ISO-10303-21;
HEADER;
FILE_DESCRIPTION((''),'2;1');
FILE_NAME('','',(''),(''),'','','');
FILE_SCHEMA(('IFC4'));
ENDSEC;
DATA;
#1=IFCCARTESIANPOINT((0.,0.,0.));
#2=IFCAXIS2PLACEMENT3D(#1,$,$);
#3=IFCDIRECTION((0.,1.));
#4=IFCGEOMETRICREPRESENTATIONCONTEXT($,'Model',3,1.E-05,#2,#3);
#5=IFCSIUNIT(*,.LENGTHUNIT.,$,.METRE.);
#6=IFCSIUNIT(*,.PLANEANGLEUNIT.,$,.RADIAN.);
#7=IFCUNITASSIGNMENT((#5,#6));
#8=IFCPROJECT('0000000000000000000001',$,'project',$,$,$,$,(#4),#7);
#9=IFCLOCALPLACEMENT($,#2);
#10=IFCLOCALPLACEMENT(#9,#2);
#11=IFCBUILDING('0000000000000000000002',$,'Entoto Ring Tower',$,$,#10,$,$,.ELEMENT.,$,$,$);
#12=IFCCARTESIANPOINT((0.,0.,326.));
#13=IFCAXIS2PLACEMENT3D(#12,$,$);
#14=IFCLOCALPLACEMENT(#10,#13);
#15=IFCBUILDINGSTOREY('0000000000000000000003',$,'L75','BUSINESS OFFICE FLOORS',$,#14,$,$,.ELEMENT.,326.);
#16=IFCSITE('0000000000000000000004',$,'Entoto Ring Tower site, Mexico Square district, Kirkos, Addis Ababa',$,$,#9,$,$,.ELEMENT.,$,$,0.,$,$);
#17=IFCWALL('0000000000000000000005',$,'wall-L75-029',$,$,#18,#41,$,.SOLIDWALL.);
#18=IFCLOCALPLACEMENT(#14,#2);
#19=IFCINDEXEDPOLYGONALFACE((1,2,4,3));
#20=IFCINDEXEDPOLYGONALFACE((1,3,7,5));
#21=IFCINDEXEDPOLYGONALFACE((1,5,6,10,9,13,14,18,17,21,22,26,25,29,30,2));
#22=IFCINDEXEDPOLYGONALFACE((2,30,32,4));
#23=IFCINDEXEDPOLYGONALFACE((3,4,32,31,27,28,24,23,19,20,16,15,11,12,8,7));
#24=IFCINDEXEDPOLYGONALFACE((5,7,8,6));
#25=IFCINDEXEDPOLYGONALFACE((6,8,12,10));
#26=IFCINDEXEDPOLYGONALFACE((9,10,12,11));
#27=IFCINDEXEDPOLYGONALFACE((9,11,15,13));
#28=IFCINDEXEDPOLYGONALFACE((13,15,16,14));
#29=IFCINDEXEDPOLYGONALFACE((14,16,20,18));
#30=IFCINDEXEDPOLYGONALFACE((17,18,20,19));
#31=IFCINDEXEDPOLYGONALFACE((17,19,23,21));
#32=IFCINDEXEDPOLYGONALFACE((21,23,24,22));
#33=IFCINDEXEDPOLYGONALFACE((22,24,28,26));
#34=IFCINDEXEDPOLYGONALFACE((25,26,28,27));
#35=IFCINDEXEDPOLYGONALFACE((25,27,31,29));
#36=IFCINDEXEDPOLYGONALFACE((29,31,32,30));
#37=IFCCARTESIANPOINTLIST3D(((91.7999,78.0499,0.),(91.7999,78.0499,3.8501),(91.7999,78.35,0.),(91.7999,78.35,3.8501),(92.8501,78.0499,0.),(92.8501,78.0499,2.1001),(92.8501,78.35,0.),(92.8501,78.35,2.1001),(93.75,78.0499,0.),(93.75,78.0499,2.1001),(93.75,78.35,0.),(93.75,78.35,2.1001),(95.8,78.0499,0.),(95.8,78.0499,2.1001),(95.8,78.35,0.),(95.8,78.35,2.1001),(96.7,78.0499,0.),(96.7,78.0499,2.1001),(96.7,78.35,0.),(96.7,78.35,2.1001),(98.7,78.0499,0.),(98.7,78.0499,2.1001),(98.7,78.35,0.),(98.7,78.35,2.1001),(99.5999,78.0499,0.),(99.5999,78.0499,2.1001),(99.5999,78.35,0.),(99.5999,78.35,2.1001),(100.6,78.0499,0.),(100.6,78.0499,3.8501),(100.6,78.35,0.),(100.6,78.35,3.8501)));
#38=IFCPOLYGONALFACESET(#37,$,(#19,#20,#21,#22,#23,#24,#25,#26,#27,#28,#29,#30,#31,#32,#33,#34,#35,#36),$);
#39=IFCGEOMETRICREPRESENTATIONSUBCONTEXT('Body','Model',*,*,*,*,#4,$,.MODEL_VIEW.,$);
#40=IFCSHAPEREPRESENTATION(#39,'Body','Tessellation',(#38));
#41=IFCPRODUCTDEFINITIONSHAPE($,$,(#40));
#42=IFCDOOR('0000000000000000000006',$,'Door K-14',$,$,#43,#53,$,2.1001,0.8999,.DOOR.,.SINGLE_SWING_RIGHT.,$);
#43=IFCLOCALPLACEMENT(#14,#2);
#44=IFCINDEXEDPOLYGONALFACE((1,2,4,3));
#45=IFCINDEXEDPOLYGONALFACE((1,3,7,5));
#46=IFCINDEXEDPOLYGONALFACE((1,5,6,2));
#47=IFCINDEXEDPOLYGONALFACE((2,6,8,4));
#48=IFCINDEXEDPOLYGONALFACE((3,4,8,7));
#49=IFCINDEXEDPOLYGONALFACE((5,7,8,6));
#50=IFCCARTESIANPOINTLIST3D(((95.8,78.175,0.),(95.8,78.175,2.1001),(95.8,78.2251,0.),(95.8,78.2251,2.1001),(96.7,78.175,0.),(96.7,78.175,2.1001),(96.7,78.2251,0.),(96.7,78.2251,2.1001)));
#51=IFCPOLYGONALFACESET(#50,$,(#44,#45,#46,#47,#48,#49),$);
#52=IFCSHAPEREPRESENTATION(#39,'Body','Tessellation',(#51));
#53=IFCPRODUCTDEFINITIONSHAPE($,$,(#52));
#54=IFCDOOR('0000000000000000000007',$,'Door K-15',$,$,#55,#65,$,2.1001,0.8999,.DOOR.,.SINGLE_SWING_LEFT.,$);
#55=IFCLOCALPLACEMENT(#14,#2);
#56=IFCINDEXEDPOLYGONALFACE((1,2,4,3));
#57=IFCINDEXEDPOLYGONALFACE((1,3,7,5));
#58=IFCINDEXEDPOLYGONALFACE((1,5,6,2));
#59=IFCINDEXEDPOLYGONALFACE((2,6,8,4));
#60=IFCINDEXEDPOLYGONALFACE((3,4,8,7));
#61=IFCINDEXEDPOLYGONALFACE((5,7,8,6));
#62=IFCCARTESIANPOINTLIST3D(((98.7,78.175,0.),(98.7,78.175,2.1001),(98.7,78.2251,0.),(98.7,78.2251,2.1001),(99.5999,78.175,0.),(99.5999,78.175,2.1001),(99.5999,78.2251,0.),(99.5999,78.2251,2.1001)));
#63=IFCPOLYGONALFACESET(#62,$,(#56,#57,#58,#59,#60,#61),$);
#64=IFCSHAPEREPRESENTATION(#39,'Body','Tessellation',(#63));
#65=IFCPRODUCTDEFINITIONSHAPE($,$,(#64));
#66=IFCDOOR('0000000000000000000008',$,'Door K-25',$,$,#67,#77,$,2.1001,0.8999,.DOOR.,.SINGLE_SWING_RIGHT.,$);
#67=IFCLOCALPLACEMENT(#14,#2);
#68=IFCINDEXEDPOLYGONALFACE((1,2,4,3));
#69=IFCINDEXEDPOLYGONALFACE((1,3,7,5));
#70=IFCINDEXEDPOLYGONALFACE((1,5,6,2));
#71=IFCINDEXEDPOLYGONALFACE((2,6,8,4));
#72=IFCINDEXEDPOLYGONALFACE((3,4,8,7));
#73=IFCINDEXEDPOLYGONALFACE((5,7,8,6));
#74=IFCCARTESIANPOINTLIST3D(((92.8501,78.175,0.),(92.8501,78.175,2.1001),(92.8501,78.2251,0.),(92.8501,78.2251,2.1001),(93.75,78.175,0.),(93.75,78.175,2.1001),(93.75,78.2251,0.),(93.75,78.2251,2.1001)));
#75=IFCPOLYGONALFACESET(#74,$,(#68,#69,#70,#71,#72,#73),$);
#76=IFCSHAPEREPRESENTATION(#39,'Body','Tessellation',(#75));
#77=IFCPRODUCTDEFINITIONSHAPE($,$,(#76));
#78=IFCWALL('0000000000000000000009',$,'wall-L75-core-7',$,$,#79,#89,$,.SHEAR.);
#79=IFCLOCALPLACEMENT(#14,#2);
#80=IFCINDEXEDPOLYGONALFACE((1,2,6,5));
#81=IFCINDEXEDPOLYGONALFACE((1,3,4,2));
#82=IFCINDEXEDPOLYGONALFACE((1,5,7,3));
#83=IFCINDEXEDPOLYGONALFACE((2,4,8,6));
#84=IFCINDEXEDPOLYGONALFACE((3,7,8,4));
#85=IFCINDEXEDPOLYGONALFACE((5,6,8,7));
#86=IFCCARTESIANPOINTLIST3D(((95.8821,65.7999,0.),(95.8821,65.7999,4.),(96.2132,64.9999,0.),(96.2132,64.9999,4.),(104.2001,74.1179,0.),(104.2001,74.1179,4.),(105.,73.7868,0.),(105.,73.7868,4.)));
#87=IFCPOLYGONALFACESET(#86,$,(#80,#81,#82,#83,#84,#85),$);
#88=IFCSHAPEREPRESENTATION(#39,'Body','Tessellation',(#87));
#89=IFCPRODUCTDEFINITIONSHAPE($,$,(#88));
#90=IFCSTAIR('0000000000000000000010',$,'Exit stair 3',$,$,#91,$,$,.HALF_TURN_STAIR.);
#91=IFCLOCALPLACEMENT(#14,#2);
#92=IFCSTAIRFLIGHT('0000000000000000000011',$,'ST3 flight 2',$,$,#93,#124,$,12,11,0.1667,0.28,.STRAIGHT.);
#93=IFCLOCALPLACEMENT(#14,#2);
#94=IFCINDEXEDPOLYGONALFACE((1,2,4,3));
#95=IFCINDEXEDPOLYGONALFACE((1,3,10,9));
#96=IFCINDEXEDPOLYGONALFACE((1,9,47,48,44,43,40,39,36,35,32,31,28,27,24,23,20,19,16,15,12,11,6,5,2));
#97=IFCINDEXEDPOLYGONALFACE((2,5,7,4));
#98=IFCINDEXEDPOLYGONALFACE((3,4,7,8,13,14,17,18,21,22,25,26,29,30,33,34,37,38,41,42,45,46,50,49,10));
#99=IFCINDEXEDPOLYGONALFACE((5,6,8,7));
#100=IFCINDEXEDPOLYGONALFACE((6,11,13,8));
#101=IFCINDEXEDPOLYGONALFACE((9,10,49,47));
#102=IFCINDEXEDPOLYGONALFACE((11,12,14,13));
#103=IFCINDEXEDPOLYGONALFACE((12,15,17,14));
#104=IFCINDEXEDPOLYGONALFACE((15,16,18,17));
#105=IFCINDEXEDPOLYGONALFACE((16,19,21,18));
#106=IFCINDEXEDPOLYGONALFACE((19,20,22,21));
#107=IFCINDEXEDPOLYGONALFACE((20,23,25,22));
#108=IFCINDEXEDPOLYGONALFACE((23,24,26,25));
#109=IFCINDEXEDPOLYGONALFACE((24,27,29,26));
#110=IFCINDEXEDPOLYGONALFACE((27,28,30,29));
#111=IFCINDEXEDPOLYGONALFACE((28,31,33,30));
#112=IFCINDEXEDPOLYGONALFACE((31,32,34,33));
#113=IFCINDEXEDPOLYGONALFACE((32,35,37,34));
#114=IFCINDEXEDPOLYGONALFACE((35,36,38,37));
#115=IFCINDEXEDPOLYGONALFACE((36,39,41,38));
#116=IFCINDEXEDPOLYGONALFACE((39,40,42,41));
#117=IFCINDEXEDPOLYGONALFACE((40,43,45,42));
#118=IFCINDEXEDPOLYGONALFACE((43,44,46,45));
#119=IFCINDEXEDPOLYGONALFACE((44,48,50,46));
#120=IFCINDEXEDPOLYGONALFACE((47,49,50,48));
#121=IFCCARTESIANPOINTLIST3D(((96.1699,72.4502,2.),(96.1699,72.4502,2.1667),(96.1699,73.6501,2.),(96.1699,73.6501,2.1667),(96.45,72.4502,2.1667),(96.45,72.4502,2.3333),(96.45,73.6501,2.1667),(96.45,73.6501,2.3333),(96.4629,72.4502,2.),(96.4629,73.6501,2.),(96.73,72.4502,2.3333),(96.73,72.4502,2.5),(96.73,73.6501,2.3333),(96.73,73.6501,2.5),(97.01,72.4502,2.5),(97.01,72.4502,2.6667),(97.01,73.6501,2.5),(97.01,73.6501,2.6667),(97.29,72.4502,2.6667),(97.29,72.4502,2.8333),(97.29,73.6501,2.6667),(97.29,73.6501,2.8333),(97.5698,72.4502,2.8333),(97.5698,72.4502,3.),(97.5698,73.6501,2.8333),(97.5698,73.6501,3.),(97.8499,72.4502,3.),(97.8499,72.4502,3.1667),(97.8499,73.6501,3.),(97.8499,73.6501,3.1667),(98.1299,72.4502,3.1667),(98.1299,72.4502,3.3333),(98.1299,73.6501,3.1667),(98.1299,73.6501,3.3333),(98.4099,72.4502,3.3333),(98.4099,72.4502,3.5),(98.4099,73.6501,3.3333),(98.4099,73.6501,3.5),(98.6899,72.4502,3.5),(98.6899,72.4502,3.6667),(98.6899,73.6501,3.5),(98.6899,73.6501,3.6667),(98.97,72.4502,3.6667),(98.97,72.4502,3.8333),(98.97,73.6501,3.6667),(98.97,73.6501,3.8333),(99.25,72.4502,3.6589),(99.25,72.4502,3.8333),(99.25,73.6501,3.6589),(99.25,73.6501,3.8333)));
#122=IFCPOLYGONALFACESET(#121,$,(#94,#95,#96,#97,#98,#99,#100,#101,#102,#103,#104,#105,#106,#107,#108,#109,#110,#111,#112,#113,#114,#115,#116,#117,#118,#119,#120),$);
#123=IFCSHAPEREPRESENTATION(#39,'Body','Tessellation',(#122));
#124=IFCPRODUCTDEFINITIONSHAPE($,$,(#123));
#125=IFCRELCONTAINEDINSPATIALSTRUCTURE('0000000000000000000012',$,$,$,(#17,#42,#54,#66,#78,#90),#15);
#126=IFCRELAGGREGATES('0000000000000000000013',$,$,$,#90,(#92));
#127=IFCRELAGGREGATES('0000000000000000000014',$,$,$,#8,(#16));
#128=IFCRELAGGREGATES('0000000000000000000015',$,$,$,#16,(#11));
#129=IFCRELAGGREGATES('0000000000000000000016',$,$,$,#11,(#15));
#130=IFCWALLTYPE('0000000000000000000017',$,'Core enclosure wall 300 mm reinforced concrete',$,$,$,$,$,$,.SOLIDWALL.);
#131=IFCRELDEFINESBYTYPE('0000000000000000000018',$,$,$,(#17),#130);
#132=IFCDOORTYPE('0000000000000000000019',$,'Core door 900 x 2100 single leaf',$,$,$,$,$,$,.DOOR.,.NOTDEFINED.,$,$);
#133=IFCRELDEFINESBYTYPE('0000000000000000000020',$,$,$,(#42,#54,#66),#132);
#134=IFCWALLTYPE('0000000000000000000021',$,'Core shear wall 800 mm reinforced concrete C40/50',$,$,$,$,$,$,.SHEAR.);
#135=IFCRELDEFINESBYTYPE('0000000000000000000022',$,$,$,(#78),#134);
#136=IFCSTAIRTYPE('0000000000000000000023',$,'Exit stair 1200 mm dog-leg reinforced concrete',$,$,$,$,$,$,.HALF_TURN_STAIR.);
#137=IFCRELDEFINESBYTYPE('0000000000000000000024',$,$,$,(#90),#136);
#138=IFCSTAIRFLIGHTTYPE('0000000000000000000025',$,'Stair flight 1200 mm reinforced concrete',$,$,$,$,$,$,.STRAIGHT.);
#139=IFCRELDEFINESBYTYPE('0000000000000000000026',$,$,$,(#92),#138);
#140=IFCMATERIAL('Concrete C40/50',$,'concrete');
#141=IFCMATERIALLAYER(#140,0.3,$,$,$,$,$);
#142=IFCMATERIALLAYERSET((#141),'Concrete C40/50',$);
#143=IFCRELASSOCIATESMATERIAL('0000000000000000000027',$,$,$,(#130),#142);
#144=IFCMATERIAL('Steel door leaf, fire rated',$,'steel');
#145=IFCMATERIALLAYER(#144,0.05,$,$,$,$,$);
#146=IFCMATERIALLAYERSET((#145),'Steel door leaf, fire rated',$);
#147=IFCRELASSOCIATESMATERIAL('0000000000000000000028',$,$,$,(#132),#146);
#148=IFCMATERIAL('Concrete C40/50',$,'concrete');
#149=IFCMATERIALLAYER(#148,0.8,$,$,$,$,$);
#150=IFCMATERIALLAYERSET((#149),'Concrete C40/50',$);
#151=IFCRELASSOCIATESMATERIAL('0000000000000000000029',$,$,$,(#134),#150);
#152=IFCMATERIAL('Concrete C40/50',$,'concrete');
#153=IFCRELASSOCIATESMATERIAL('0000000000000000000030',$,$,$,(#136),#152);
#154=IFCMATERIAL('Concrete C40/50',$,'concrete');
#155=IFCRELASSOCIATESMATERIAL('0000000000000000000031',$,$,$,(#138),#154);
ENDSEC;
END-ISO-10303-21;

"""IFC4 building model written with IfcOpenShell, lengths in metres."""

from ifc_helpers import new_model, si_unit, direction, frame, frame_2d, origin, place, context, subcontext, project, spatial, polyline, rectangle, outline, extrude, material, layer, layer_set, type_object, element, fill, aggregate, save


model = new_model("IFC4")

# Units and contexts
model_context = context("Model", 3, precision=1e-05, world=origin(), true_north=direction((0.0, 1.0)))
body_context = subcontext(model_context, "Body", "Model", "MODEL_VIEW")
ifc_project = project(units=[si_unit("LENGTHUNIT", "METRE"), si_unit("PLANEANGLEUNIT", "RADIAN")], contexts=[model_context])

# Site, building, storey
site_placement = place(None, origin())
site = spatial("IfcSite", under=ifc_project, at=site_placement, Name="Entoto Ring Tower site, Mexico Square district, Kirkos, Addis Ababa", CompositionType="ELEMENT", RefElevation=0.0)
building_placement = place(site_placement, origin())
building = spatial("IfcBuilding", under=site, at=building_placement, Name="Entoto Ring Tower", CompositionType="ELEMENT")
storey_placement = place(building_placement, frame((0.0, 0.0, 326.0)))
storey = spatial("IfcBuildingStorey", under=building, at=storey_placement, Name="L75", Description="BUSINESS OFFICE FLOORS", CompositionType="ELEMENT", Elevation=326.0)

# Shared definitions
ifc_material_1 = material(Name="Concrete C40/50", Category="concrete")
ifc_layer_1 = layer(ifc_material_1, 0.3)
ifc_layer_set_1 = layer_set([ifc_layer_1], Name="Concrete C40/50")
wall_type_1 = type_object("IfcWallType", Name="Core enclosure wall 300 mm reinforced concrete", PredefinedType="SOLIDWALL", material=ifc_layer_set_1)

# Shared definitions
ifc_material_2 = material(Name="Steel door leaf, fire rated", Category="steel")
ifc_layer_2 = layer(ifc_material_2, 0.05)
ifc_layer_set_2 = layer_set([ifc_layer_2], Name="Steel door leaf, fire rated")
door_type_1 = type_object("IfcDoorType", Name="Core door 900 x 2100 single leaf", OperationType="NOTDEFINED", PredefinedType="DOOR", material=ifc_layer_set_2)

# Wall, openings, doors
wall_1_placement = place(storey_placement, frame((91.8, 78.2, 0.0), z_axis=(0.0, 0.0, 1.0), x_axis=(1.0, 0.0, 0.0)))
wall_1 = element("IfcWall", 1, at=wall_1_placement, inside=storey, type_object=wall_type_1, Name="wall-L75-029", PredefinedType="SOLIDWALL", context=body_context, shape_type="SweptSolid", body=[
    extrude(rectangle(XDim=8.8, YDim=0.3, at=frame_2d((4.3999, 0.0))), origin(), (0.0, 0.0, 1.0), 3.8501),
])
opening_1_placement = place(wall_1_placement, frame((4.0, 0.0, 0.0)))
opening_1 = element("IfcOpeningElement", 2, at=opening_1_placement, cuts=wall_1, PredefinedType="OPENING", context=body_context, shape_type="SweptSolid", body=[
    extrude(rectangle(XDim=0.8999, YDim=2.1001, at=frame_2d((0.45, 1.05))), frame((0.0, 0.1602, 0.0), z_axis=(0.0, -1.0, 0.0), x_axis=(1.0, 0.0, 0.0)), (0.0, 0.0, 1.0), 0.3201),
])
opening_2_placement = place(wall_1_placement, frame((6.8999, 0.0, 0.0)))
opening_2 = element("IfcOpeningElement", 3, at=opening_2_placement, cuts=wall_1, PredefinedType="OPENING", context=body_context, shape_type="SweptSolid", body=[
    extrude(rectangle(XDim=0.8999, YDim=2.1001, at=frame_2d((0.45, 1.05))), frame((0.0, 0.1602, 0.0), z_axis=(0.0, -1.0, 0.0), x_axis=(1.0, 0.0, 0.0)), (0.0, 0.0, 1.0), 0.3201),
])
opening_3_placement = place(wall_1_placement, frame((1.05, 0.0, 0.0)))
opening_3 = element("IfcOpeningElement", 4, at=opening_3_placement, cuts=wall_1, PredefinedType="OPENING", context=body_context, shape_type="SweptSolid", body=[
    extrude(rectangle(XDim=0.8999, YDim=2.1001, at=frame_2d((0.45, 1.05))), frame((0.0, 0.1602, 0.0), z_axis=(0.0, -1.0, 0.0), x_axis=(1.0, 0.0, 0.0)), (0.0, 0.0, 1.0), 0.3201),
])
door_1_placement = place(opening_1_placement, frame((0.8999, 0.0, 0.0), z_axis=(0.0, 0.0, 1.0), x_axis=(-1.0, 0.0, 0.0)))
door_1 = element("IfcDoor", 5, at=door_1_placement, inside=storey, type_object=door_type_1, Name="Door K-14", OperationType="SINGLE_SWING_RIGHT", OverallHeight=2.1001, OverallWidth=0.8999, PredefinedType="DOOR", context=body_context, shape_type="SweptSolid", body=[
    extrude(rectangle(XDim=0.8999, YDim=2.1001, at=frame_2d((0.45, 1.05))), frame((0.0, 0.0249, 0.0), z_axis=(0.0, -1.0, 0.0), x_axis=(1.0, 0.0, 0.0)), (0.0, 0.0, 1.0), 0.05),
])
fill(opening_1, door_1)
door_2_placement = place(opening_2_placement, frame((0.8999, 0.0, 0.0), z_axis=(0.0, 0.0, 1.0), x_axis=(-1.0, 0.0, 0.0)))
door_2 = element("IfcDoor", 6, at=door_2_placement, inside=storey, type_object=door_type_1, Name="Door K-15", OperationType="SINGLE_SWING_LEFT", OverallHeight=2.1001, OverallWidth=0.8999, PredefinedType="DOOR", context=body_context, shape_type="SweptSolid", body=[
    extrude(rectangle(XDim=0.8999, YDim=2.1001, at=frame_2d((0.45, 1.05))), frame((0.0, 0.0249, 0.0), z_axis=(0.0, -1.0, 0.0), x_axis=(1.0, 0.0, 0.0)), (0.0, 0.0, 1.0), 0.05),
])
fill(opening_2, door_2)
door_3_placement = place(opening_3_placement, frame((0.8999, 0.0, 0.0), z_axis=(0.0, 0.0, 1.0), x_axis=(-1.0, 0.0, 0.0)))
door_3 = element("IfcDoor", 7, at=door_3_placement, inside=storey, type_object=door_type_1, Name="Door K-25", OperationType="SINGLE_SWING_RIGHT", OverallHeight=2.1001, OverallWidth=0.8999, PredefinedType="DOOR", context=body_context, shape_type="SweptSolid", body=[
    extrude(rectangle(XDim=0.8999, YDim=2.1001, at=frame_2d((0.45, 1.05))), frame((0.0, 0.0249, 0.0), z_axis=(0.0, -1.0, 0.0), x_axis=(1.0, 0.0, 0.0)), (0.0, 0.0, 1.0), 0.05),
])
fill(opening_3, door_3)

# Wall
ifc_material_3 = material(Name="Concrete C40/50", Category="concrete")
ifc_layer_3 = layer(ifc_material_3, 0.8)
ifc_layer_set_3 = layer_set([ifc_layer_3], Name="Concrete C40/50")
wall_type_2 = type_object("IfcWallType", Name="Core shear wall 800 mm reinforced concrete C40/50", PredefinedType="SHEAR", material=ifc_layer_set_3)
wall_2_placement = place(storey_placement, frame((96.0476, 65.3999, 0.0), z_axis=(0.0, 0.0, 1.0), x_axis=(0.707107, 0.707107, 0.0)))
element("IfcWall", 8, at=wall_2_placement, inside=storey, type_object=wall_type_2, Name="wall-L75-core-7", PredefinedType="SHEAR", context=body_context, shape_type="SweptSolid", body=[
    extrude(outline(polyline([(-0.1658, -0.3999), (12.2607, -0.3999), (11.9292, 0.3999), (0.1658, 0.3999), (-0.1658, -0.3999)])), origin(), (0.0, 0.0, 1.0), 4.0),
])

# Stair, stair flight
ifc_material_4 = material(Name="Concrete C40/50", Category="concrete")
stair_type = type_object("IfcStairType", Name="Exit stair 1200 mm dog-leg reinforced concrete", PredefinedType="HALF_TURN_STAIR", material=ifc_material_4)
stair_placement = place(storey_placement, origin())
stair = element("IfcStair", 9, at=stair_placement, inside=storey, type_object=stair_type, Name="Exit stair 3", PredefinedType="HALF_TURN_STAIR")
ifc_material_5 = material(Name="Concrete C40/50", Category="concrete")
stair_flight_type = type_object("IfcStairFlightType", Name="Stair flight 1200 mm reinforced concrete", PredefinedType="STRAIGHT", material=ifc_material_5)
stair_flight_placement = place(storey_placement, frame((96.1699, 73.05, 2.0), z_axis=(0.0, 0.0, 1.0), x_axis=(1.0, 0.0, 0.0)))
stair_flight = element("IfcStairFlight", 10, at=stair_flight_placement, type_object=stair_flight_type, Name="ST3 flight 2", NumberOfRisers=12, NumberOfTreads=11, PredefinedType="STRAIGHT", RiserHeight=0.1667, TreadLength=0.28, context=body_context, shape_type="SweptSolid", body=[
    extrude(outline(polyline([(0.0, 0.0), (0.0, 0.1667), (0.28, 0.1667), (0.28, 0.3333), (0.5601, 0.3333), (0.5601, 0.5), (0.8401, 0.5), (0.8401, 0.6667), (1.1201, 0.6667), (1.1201, 0.8333), (1.3999, 0.8333), (1.3999, 1.0), (1.6799, 1.0), (1.6799, 1.1667), (1.96, 1.1667), (1.96, 1.3333), (2.24, 1.3333), (2.24, 1.5), (2.52, 1.5), (2.52, 1.6667), (2.8, 1.6667), (2.8, 1.8333), (3.0801, 1.8333), (3.0801, 2.0), (3.0801, 1.6589), (0.293, 0.0), (0.0, 0.0)])), frame((0.0, 0.6001, 0.0), z_axis=(0.0, -1.0, 0.0), x_axis=(1.0, 0.0, 0.0)), (0.0, 0.0, 1.0), 1.2),
])
aggregate(stair, [stair_flight])

save(model, "model.ifc")
